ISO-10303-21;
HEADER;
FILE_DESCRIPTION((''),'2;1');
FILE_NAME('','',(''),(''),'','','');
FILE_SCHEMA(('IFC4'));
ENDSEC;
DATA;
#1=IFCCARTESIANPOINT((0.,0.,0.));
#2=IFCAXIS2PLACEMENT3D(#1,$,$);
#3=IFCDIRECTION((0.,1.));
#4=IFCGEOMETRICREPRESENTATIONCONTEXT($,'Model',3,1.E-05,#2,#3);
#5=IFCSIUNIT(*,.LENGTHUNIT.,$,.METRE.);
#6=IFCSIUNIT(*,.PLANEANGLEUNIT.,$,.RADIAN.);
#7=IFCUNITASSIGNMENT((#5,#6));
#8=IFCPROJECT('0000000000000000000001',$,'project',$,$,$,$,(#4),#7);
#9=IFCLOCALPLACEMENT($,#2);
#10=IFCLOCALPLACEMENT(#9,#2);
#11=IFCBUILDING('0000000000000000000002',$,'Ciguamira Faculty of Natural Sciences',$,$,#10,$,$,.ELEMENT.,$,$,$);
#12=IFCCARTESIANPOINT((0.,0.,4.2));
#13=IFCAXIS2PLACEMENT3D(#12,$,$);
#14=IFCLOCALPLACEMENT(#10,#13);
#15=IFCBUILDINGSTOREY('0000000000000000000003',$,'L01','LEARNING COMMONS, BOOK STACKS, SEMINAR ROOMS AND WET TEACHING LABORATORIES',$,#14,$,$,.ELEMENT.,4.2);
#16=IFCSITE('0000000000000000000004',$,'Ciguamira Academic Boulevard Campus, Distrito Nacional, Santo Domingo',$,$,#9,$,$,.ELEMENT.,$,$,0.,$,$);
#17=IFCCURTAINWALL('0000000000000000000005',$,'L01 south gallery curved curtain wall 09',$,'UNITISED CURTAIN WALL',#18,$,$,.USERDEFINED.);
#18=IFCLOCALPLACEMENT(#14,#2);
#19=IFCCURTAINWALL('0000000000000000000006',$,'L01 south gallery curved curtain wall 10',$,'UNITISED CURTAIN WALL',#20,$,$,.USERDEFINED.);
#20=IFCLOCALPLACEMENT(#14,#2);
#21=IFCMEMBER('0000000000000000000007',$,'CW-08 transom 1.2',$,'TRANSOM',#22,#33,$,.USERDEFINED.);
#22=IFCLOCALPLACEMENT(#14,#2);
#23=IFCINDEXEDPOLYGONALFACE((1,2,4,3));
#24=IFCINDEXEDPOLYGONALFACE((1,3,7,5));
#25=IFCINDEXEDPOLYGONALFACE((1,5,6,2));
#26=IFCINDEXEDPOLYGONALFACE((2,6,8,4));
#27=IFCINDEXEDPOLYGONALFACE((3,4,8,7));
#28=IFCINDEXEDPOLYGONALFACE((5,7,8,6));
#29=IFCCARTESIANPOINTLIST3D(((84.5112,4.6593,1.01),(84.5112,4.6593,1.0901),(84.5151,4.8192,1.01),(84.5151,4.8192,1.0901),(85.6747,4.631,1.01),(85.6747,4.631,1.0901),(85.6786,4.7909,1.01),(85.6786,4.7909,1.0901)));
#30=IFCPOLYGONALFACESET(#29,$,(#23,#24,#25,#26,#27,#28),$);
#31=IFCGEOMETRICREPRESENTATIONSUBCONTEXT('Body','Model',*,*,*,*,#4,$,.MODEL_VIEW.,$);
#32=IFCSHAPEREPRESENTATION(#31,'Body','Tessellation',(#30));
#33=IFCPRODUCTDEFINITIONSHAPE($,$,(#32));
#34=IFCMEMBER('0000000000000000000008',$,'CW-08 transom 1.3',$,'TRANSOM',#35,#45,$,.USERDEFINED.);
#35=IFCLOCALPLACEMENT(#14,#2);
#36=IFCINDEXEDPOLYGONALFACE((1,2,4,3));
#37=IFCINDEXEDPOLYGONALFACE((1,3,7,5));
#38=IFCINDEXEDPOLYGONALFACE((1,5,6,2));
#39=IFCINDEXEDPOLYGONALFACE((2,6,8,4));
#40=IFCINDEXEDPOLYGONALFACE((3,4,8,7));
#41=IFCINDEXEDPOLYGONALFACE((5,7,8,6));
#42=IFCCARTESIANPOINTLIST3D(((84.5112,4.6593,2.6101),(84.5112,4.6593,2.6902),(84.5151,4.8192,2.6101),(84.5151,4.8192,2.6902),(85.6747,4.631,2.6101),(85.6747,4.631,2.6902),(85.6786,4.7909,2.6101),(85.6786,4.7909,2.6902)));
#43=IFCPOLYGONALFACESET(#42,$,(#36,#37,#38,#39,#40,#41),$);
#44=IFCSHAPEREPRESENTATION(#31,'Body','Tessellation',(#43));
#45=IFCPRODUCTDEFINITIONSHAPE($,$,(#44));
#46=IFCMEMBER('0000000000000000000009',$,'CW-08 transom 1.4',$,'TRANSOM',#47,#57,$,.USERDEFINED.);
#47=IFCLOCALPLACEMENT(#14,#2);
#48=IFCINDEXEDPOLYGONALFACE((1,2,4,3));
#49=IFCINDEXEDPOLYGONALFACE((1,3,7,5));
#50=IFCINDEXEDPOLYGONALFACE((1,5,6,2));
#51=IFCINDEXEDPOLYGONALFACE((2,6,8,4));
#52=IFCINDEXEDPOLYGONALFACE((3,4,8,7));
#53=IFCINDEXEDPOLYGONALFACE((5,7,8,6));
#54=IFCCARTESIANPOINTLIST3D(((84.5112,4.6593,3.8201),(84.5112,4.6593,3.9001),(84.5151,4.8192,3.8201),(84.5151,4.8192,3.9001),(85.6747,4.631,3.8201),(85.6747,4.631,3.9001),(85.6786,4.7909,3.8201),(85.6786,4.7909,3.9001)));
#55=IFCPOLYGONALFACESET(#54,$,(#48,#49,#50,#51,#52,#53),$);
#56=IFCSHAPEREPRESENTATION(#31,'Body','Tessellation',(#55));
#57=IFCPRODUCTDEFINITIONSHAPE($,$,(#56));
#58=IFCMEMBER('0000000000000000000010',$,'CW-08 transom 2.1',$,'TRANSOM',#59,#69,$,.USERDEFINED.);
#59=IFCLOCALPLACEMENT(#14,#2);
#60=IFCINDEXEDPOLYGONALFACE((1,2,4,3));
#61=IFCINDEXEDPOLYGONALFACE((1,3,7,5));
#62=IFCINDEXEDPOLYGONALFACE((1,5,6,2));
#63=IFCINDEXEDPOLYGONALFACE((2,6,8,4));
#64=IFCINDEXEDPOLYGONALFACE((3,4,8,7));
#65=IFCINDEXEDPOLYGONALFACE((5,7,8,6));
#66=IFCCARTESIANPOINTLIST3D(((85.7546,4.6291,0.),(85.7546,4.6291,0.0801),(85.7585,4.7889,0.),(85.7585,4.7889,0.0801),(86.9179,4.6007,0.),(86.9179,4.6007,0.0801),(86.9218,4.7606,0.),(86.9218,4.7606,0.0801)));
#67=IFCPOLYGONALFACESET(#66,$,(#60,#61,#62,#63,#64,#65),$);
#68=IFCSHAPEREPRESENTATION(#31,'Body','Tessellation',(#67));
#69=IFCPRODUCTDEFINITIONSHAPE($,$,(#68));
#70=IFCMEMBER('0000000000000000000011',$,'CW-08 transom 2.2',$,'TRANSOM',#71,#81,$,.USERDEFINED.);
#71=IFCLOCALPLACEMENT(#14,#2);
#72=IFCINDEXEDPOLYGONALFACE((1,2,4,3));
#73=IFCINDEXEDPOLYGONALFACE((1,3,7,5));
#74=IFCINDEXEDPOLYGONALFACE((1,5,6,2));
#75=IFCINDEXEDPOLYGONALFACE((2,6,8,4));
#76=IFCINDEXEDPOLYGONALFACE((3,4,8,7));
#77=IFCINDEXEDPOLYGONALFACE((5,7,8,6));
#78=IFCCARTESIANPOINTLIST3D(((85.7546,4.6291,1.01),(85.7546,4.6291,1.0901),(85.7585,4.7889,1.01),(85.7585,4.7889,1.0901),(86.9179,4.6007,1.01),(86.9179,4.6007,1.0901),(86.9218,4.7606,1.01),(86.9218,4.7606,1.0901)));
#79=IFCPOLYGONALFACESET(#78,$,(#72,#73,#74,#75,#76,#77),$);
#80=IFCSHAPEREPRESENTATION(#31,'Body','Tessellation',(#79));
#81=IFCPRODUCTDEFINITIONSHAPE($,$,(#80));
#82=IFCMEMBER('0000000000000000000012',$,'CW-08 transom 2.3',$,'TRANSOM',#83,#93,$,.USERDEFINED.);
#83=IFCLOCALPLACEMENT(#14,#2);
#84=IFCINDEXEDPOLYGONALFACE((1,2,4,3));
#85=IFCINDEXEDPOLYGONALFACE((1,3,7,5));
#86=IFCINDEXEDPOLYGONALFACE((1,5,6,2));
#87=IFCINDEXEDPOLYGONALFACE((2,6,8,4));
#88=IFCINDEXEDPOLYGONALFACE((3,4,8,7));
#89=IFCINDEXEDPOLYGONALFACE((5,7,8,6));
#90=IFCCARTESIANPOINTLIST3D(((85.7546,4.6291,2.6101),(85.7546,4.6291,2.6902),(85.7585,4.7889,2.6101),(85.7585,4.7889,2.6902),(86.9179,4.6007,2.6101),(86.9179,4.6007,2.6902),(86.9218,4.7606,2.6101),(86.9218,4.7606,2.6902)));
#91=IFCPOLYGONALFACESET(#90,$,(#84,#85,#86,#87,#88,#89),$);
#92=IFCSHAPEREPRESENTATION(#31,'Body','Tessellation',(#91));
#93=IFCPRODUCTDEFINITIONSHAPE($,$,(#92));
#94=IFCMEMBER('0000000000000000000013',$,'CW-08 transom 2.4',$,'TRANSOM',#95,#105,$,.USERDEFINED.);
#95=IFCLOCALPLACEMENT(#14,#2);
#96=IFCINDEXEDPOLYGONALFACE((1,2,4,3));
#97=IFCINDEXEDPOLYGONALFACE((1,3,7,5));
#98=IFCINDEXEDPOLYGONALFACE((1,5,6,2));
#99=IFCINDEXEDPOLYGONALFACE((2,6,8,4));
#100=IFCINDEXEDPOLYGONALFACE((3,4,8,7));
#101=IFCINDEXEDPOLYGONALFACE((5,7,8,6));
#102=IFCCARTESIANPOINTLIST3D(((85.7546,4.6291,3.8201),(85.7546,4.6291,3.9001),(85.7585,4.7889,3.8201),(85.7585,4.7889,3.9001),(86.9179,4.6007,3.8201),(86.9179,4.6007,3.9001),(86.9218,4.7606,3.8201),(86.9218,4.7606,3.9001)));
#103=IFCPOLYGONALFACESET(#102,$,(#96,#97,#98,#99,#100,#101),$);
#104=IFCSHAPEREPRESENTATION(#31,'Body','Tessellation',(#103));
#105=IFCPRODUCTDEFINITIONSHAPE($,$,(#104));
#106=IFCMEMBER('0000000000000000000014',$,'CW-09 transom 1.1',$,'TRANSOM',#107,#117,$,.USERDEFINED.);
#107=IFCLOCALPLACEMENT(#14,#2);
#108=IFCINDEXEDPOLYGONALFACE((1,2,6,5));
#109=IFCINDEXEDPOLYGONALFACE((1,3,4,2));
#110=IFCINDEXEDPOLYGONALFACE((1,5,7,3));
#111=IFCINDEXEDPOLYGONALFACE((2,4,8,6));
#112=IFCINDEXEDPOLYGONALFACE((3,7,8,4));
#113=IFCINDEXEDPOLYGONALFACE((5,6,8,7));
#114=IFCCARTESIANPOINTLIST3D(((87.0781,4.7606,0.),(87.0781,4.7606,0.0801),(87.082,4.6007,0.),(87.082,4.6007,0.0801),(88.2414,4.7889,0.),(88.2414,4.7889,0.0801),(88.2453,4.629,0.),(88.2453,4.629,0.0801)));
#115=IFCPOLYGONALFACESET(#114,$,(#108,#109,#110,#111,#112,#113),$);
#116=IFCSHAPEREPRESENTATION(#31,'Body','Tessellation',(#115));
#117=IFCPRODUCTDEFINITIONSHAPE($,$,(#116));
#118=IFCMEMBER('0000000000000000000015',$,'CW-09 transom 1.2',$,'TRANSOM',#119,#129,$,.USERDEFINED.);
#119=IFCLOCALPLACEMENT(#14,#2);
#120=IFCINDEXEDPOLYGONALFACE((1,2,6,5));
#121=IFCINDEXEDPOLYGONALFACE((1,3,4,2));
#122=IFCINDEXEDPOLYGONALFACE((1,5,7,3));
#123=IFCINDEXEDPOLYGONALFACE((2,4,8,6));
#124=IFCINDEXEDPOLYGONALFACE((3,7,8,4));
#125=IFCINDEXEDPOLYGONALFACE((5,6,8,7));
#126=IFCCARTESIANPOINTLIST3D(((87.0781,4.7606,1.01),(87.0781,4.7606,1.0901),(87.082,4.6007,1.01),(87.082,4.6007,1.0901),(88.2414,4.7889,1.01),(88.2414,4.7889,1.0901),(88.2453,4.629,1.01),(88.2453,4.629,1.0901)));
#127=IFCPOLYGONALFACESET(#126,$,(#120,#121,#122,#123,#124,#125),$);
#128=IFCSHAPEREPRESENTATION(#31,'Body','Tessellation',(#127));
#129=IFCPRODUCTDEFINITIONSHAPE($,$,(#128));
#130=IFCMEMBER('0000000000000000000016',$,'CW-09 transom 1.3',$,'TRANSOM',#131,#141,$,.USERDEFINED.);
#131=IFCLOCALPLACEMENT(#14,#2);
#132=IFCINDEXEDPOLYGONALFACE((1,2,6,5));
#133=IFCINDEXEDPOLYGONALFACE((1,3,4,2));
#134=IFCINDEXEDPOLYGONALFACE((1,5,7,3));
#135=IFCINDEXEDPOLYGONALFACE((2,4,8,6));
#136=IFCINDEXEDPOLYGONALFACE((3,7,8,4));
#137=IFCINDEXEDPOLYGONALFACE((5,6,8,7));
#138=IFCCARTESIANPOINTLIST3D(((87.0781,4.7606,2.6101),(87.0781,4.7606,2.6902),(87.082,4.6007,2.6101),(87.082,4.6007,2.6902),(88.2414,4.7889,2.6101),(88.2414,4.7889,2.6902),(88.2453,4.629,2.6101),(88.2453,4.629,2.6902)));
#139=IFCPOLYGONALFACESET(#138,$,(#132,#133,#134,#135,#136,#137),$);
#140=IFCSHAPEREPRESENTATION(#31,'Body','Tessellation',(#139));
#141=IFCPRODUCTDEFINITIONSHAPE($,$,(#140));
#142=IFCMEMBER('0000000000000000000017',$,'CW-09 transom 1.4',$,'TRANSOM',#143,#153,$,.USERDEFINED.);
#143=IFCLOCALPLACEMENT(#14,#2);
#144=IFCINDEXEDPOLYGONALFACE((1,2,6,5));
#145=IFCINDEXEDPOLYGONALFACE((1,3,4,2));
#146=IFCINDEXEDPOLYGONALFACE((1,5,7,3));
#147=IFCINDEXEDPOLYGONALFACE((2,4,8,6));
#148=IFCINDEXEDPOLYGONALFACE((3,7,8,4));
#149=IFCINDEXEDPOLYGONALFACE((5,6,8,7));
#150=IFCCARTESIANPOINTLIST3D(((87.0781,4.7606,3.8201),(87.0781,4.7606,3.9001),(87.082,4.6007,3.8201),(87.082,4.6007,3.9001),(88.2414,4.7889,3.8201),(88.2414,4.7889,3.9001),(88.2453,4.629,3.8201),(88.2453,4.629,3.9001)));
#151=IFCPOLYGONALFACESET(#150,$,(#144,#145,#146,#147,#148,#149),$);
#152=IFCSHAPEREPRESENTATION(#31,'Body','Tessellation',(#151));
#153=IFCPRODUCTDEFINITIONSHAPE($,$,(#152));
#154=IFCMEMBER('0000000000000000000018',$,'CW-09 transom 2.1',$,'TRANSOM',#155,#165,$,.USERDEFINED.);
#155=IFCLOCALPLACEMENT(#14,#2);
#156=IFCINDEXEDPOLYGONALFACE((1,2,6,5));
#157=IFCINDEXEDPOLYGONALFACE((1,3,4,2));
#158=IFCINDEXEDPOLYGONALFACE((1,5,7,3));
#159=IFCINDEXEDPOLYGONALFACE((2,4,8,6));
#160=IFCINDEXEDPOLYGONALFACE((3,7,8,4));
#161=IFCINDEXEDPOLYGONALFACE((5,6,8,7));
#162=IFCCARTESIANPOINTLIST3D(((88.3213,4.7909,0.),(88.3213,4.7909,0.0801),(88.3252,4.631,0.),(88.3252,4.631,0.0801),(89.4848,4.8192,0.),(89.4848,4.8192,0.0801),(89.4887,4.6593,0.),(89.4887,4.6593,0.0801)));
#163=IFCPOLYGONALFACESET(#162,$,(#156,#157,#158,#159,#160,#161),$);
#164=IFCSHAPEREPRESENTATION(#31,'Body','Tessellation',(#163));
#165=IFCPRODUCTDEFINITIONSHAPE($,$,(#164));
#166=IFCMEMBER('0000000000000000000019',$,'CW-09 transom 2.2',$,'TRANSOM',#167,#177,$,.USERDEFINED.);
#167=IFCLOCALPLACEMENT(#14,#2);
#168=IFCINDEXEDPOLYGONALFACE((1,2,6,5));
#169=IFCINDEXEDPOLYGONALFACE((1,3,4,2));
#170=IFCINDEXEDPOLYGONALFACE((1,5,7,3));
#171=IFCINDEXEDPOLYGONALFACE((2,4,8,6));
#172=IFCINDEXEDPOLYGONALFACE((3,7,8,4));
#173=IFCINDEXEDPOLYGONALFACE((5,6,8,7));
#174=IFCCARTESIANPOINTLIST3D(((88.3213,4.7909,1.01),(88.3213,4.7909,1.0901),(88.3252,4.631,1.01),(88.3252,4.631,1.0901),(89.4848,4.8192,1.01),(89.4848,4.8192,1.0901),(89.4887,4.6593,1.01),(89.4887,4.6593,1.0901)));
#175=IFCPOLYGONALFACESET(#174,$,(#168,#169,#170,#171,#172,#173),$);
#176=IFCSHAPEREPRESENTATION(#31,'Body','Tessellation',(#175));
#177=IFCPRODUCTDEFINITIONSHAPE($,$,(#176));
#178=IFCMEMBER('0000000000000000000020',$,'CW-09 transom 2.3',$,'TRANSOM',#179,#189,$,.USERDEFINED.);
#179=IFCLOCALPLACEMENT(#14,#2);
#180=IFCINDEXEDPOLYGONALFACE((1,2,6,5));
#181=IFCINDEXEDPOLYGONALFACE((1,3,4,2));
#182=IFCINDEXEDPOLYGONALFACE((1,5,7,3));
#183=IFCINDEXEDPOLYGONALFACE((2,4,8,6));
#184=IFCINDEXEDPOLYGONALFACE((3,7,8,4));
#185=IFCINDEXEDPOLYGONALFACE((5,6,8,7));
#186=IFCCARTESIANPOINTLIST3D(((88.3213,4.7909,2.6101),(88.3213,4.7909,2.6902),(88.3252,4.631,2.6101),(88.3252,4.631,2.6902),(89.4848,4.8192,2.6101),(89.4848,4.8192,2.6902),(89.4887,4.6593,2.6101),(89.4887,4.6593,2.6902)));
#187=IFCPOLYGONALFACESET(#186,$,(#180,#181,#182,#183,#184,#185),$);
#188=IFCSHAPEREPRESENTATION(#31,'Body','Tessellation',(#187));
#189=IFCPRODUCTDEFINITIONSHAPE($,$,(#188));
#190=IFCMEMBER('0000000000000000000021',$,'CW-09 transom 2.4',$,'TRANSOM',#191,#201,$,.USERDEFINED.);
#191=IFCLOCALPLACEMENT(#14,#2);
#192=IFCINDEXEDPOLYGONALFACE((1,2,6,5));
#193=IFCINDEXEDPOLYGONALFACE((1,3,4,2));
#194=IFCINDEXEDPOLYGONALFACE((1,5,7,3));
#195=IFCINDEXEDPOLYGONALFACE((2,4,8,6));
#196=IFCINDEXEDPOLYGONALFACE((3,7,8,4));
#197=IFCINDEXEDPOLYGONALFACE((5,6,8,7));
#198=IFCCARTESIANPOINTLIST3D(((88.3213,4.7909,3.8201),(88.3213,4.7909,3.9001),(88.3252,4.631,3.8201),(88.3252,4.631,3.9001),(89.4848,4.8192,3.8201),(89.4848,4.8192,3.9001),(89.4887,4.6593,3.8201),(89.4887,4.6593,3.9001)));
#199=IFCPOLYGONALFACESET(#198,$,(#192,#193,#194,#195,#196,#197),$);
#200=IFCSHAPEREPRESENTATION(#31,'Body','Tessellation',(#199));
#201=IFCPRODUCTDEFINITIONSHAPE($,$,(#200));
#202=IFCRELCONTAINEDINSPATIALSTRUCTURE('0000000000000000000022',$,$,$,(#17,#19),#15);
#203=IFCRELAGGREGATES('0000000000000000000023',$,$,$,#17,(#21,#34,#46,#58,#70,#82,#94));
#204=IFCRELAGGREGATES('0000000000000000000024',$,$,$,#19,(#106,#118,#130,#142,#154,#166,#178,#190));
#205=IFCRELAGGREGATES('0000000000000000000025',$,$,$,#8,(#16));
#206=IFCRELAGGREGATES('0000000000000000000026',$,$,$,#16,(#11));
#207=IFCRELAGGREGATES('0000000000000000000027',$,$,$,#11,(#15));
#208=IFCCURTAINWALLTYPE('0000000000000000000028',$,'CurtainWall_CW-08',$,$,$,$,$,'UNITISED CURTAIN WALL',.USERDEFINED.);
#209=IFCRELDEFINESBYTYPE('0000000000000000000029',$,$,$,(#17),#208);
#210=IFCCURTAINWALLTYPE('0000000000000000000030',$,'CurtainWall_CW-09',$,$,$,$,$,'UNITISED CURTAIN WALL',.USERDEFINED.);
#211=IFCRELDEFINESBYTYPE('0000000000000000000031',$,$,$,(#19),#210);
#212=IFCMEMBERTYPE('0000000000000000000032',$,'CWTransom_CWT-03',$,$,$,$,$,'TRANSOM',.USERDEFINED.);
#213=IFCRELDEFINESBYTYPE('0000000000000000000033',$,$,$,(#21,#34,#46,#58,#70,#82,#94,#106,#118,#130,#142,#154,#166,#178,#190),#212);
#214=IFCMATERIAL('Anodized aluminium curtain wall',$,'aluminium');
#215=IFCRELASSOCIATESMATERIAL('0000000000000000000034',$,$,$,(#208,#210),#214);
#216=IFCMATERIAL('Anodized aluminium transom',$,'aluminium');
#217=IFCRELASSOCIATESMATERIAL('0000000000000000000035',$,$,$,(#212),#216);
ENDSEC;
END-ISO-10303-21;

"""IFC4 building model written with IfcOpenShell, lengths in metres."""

from ifc_helpers import new_model, si_unit, direction, frame, origin, origin_2d, place, context, subcontext, project, spatial, rectangle, extrude, material, material_profile, profile_set, type_object, element, aggregate, save


model = new_model("IFC4")

# Units and contexts
model_context = context("Model", 3, precision=1e-05, world=origin(), true_north=direction((0.0, 1.0)))
body_context = subcontext(model_context, "Body", "Model", "MODEL_VIEW")
ifc_project = project(units=[si_unit("LENGTHUNIT", "METRE"), si_unit("PLANEANGLEUNIT", "RADIAN")], contexts=[model_context])

# Site, building, storey
site_placement = place(None, origin())
site = spatial("IfcSite", under=ifc_project, at=site_placement, Name="Ciguamira Academic Boulevard Campus, Distrito Nacional, Santo Domingo", CompositionType="ELEMENT", RefElevation=0.0)
building_placement = place(site_placement, origin())
building = spatial("IfcBuilding", under=site, at=building_placement, Name="Ciguamira Faculty of Natural Sciences", CompositionType="ELEMENT")
storey_placement = place(building_placement, frame((0.0, 0.0, 4.2)))
storey = spatial("IfcBuildingStorey", under=building, at=storey_placement, Name="L01", Description="LEARNING COMMONS, BOOK STACKS, SEMINAR ROOMS AND WET TEACHING LABORATORIES", CompositionType="ELEMENT", Elevation=4.2)

# Shared definitions
ifc_material_1 = material(Name="Anodized aluminium curtain wall", Category="aluminium")

# Curtain walls
curtain_wall_type_1 = type_object("IfcCurtainWallType", Name="CurtainWall_CW-08", ElementType="UNITISED CURTAIN WALL", PredefinedType="USERDEFINED", material=ifc_material_1)
curtain_wall_1_placement = place(storey_placement, origin())
curtain_wall_1 = element("IfcCurtainWall", 1, at=curtain_wall_1_placement, inside=storey, type_object=curtain_wall_type_1, Name="L01 south gallery curved curtain wall 09", ObjectType="UNITISED CURTAIN WALL", PredefinedType="USERDEFINED")
curtain_wall_type_2 = type_object("IfcCurtainWallType", Name="CurtainWall_CW-09", ElementType="UNITISED CURTAIN WALL", PredefinedType="USERDEFINED", material=ifc_material_1)
curtain_wall_2_placement = place(storey_placement, origin())
curtain_wall_2 = element("IfcCurtainWall", 2, at=curtain_wall_2_placement, inside=storey, type_object=curtain_wall_type_2, Name="L01 south gallery curved curtain wall 10", ObjectType="UNITISED CURTAIN WALL", PredefinedType="USERDEFINED")

# Members
ifc_material_2 = material(Name="Anodized aluminium transom", Category="aluminium")
ifc_material_profile_1 = material_profile(ifc_material_2, rectangle(XDim=0.0801, YDim=0.1599, at=origin_2d()), Name="ALU-TRN-80X160")
ifc_profile_set_1 = profile_set([ifc_material_profile_1], Name="Anodized aluminium transom")
member_type_1 = type_object("IfcMemberType", Name="CWTransom_CWT-03", ElementType="TRANSOM", PredefinedType="USERDEFINED", material=ifc_profile_set_1)
member_1_placement = place(storey_placement, frame((84.5132, 4.7393, 1.05), z_axis=(0.999704, -0.024332, 0.0), x_axis=(0.0, 0.0, 1.0)))
member_1 = element("IfcMember", 3, at=member_1_placement, type_object=member_type_1, Name="CW-08 transom 1.2", ObjectType="TRANSOM", PredefinedType="USERDEFINED", context=body_context, shape_type="SweptSolid", body=[
    extrude(rectangle(XDim=0.0801, YDim=0.1599, at=origin_2d()), origin(), (0.0, 0.0, 1.0), 1.1638),
])
member_2_placement = place(storey_placement, frame((84.5132, 4.7393, 2.6501), z_axis=(0.999704, -0.024332, 0.0), x_axis=(0.0, 0.0, 1.0)))
member_2 = element("IfcMember", 4, at=member_2_placement, type_object=member_type_1, Name="CW-08 transom 1.3", ObjectType="TRANSOM", PredefinedType="USERDEFINED", context=body_context, shape_type="SweptSolid", body=[
    extrude(rectangle(XDim=0.0801, YDim=0.1599, at=origin_2d()), origin(), (0.0, 0.0, 1.0), 1.1638),
])
member_3_placement = place(storey_placement, frame((84.5132, 4.7393, 3.8601), z_axis=(0.999704, -0.024332, 0.0), x_axis=(0.0, 0.0, 1.0)))
member_3 = element("IfcMember", 5, at=member_3_placement, type_object=member_type_1, Name="CW-08 transom 1.4", ObjectType="TRANSOM", PredefinedType="USERDEFINED", context=body_context, shape_type="SweptSolid", body=[
    extrude(rectangle(XDim=0.0801, YDim=0.1599, at=origin_2d()), origin(), (0.0, 0.0, 1.0), 1.1638),
])
member_4_placement = place(storey_placement, frame((85.7566, 4.709, 0.04), z_axis=(0.999704, -0.024337, 0.0), x_axis=(0.0, 0.0, 1.0)))
member_4 = element("IfcMember", 6, at=member_4_placement, type_object=member_type_1, Name="CW-08 transom 2.1", ObjectType="TRANSOM", PredefinedType="USERDEFINED", context=body_context, shape_type="SweptSolid", body=[
    extrude(rectangle(XDim=0.0801, YDim=0.1599, at=origin_2d()), origin(), (0.0, 0.0, 1.0), 1.1636),
])
member_5_placement = place(storey_placement, frame((85.7566, 4.709, 1.05), z_axis=(0.999704, -0.024337, 0.0), x_axis=(0.0, 0.0, 1.0)))
member_5 = element("IfcMember", 7, at=member_5_placement, type_object=member_type_1, Name="CW-08 transom 2.2", ObjectType="TRANSOM", PredefinedType="USERDEFINED", context=body_context, shape_type="SweptSolid", body=[
    extrude(rectangle(XDim=0.0801, YDim=0.1599, at=origin_2d()), origin(), (0.0, 0.0, 1.0), 1.1636),
])
member_6_placement = place(storey_placement, frame((85.7566, 4.709, 2.6501), z_axis=(0.999704, -0.024337, 0.0), x_axis=(0.0, 0.0, 1.0)))
member_6 = element("IfcMember", 8, at=member_6_placement, type_object=member_type_1, Name="CW-08 transom 2.3", ObjectType="TRANSOM", PredefinedType="USERDEFINED", context=body_context, shape_type="SweptSolid", body=[
    extrude(rectangle(XDim=0.0801, YDim=0.1599, at=origin_2d()), origin(), (0.0, 0.0, 1.0), 1.1636),
])
member_7_placement = place(storey_placement, frame((85.7566, 4.709, 3.8601), z_axis=(0.999704, -0.024337, 0.0), x_axis=(0.0, 0.0, 1.0)))
member_7 = element("IfcMember", 9, at=member_7_placement, type_object=member_type_1, Name="CW-08 transom 2.4", ObjectType="TRANSOM", PredefinedType="USERDEFINED", context=body_context, shape_type="SweptSolid", body=[
    extrude(rectangle(XDim=0.0801, YDim=0.1599, at=origin_2d()), origin(), (0.0, 0.0, 1.0), 1.1636),
])
member_8_placement = place(storey_placement, frame((87.0801, 4.6807, 0.04), z_axis=(0.999704, 0.024337, 0.0), x_axis=(0.0, 0.0, 1.0)))
member_8 = element("IfcMember", 10, at=member_8_placement, type_object=member_type_1, Name="CW-09 transom 1.1", ObjectType="TRANSOM", PredefinedType="USERDEFINED", context=body_context, shape_type="SweptSolid", body=[
    extrude(rectangle(XDim=0.0801, YDim=0.1599, at=origin_2d()), origin(), (0.0, 0.0, 1.0), 1.1636),
])
member_9_placement = place(storey_placement, frame((87.0801, 4.6807, 1.05), z_axis=(0.999704, 0.024337, 0.0), x_axis=(0.0, 0.0, 1.0)))
member_9 = element("IfcMember", 11, at=member_9_placement, type_object=member_type_1, Name="CW-09 transom 1.2", ObjectType="TRANSOM", PredefinedType="USERDEFINED", context=body_context, shape_type="SweptSolid", body=[
    extrude(rectangle(XDim=0.0801, YDim=0.1599, at=origin_2d()), origin(), (0.0, 0.0, 1.0), 1.1636),
])
member_10_placement = place(storey_placement, frame((87.0801, 4.6807, 2.6501), z_axis=(0.999704, 0.024337, 0.0), x_axis=(0.0, 0.0, 1.0)))
member_10 = element("IfcMember", 12, at=member_10_placement, type_object=member_type_1, Name="CW-09 transom 1.3", ObjectType="TRANSOM", PredefinedType="USERDEFINED", context=body_context, shape_type="SweptSolid", body=[
    extrude(rectangle(XDim=0.0801, YDim=0.1599, at=origin_2d()), origin(), (0.0, 0.0, 1.0), 1.1636),
])
member_11_placement = place(storey_placement, frame((87.0801, 4.6807, 3.8601), z_axis=(0.999704, 0.024337, 0.0), x_axis=(0.0, 0.0, 1.0)))
member_11 = element("IfcMember", 13, at=member_11_placement, type_object=member_type_1, Name="CW-09 transom 1.4", ObjectType="TRANSOM", PredefinedType="USERDEFINED", context=body_context, shape_type="SweptSolid", body=[
    extrude(rectangle(XDim=0.0801, YDim=0.1599, at=origin_2d()), origin(), (0.0, 0.0, 1.0), 1.1636),
])
member_12_placement = place(storey_placement, frame((88.3232, 4.7109, 0.04), z_axis=(0.999704, 0.024332, 0.0), x_axis=(0.0, 0.0, 1.0)))
member_12 = element("IfcMember", 14, at=member_12_placement, type_object=member_type_1, Name="CW-09 transom 2.1", ObjectType="TRANSOM", PredefinedType="USERDEFINED", context=body_context, shape_type="SweptSolid", body=[
    extrude(rectangle(XDim=0.0801, YDim=0.1599, at=origin_2d()), origin(), (0.0, 0.0, 1.0), 1.1638),
])
member_13_placement = place(storey_placement, frame((88.3232, 4.7109, 1.05), z_axis=(0.999704, 0.024332, 0.0), x_axis=(0.0, 0.0, 1.0)))
member_13 = element("IfcMember", 15, at=member_13_placement, type_object=member_type_1, Name="CW-09 transom 2.2", ObjectType="TRANSOM", PredefinedType="USERDEFINED", context=body_context, shape_type="SweptSolid", body=[
    extrude(rectangle(XDim=0.0801, YDim=0.1599, at=origin_2d()), origin(), (0.0, 0.0, 1.0), 1.1638),
])
member_14_placement = place(storey_placement, frame((88.3232, 4.7109, 2.6501), z_axis=(0.999704, 0.024332, 0.0), x_axis=(0.0, 0.0, 1.0)))
member_14 = element("IfcMember", 16, at=member_14_placement, type_object=member_type_1, Name="CW-09 transom 2.3", ObjectType="TRANSOM", PredefinedType="USERDEFINED", context=body_context, shape_type="SweptSolid", body=[
    extrude(rectangle(XDim=0.0801, YDim=0.1599, at=origin_2d()), origin(), (0.0, 0.0, 1.0), 1.1638),
])
member_15_placement = place(storey_placement, frame((88.3232, 4.7109, 3.8601), z_axis=(0.999704, 0.024332, 0.0), x_axis=(0.0, 0.0, 1.0)))
member_15 = element("IfcMember", 17, at=member_15_placement, type_object=member_type_1, Name="CW-09 transom 2.4", ObjectType="TRANSOM", PredefinedType="USERDEFINED", context=body_context, shape_type="SweptSolid", body=[
    extrude(rectangle(XDim=0.0801, YDim=0.1599, at=origin_2d()), origin(), (0.0, 0.0, 1.0), 1.1638),
])

aggregate(curtain_wall_1, [member_1, member_2, member_3, member_4, member_5, member_6, member_7])
aggregate(curtain_wall_2, [member_8, member_9, member_10, member_11, member_12, member_13, member_14, member_15])

save(model, "model.ifc")
